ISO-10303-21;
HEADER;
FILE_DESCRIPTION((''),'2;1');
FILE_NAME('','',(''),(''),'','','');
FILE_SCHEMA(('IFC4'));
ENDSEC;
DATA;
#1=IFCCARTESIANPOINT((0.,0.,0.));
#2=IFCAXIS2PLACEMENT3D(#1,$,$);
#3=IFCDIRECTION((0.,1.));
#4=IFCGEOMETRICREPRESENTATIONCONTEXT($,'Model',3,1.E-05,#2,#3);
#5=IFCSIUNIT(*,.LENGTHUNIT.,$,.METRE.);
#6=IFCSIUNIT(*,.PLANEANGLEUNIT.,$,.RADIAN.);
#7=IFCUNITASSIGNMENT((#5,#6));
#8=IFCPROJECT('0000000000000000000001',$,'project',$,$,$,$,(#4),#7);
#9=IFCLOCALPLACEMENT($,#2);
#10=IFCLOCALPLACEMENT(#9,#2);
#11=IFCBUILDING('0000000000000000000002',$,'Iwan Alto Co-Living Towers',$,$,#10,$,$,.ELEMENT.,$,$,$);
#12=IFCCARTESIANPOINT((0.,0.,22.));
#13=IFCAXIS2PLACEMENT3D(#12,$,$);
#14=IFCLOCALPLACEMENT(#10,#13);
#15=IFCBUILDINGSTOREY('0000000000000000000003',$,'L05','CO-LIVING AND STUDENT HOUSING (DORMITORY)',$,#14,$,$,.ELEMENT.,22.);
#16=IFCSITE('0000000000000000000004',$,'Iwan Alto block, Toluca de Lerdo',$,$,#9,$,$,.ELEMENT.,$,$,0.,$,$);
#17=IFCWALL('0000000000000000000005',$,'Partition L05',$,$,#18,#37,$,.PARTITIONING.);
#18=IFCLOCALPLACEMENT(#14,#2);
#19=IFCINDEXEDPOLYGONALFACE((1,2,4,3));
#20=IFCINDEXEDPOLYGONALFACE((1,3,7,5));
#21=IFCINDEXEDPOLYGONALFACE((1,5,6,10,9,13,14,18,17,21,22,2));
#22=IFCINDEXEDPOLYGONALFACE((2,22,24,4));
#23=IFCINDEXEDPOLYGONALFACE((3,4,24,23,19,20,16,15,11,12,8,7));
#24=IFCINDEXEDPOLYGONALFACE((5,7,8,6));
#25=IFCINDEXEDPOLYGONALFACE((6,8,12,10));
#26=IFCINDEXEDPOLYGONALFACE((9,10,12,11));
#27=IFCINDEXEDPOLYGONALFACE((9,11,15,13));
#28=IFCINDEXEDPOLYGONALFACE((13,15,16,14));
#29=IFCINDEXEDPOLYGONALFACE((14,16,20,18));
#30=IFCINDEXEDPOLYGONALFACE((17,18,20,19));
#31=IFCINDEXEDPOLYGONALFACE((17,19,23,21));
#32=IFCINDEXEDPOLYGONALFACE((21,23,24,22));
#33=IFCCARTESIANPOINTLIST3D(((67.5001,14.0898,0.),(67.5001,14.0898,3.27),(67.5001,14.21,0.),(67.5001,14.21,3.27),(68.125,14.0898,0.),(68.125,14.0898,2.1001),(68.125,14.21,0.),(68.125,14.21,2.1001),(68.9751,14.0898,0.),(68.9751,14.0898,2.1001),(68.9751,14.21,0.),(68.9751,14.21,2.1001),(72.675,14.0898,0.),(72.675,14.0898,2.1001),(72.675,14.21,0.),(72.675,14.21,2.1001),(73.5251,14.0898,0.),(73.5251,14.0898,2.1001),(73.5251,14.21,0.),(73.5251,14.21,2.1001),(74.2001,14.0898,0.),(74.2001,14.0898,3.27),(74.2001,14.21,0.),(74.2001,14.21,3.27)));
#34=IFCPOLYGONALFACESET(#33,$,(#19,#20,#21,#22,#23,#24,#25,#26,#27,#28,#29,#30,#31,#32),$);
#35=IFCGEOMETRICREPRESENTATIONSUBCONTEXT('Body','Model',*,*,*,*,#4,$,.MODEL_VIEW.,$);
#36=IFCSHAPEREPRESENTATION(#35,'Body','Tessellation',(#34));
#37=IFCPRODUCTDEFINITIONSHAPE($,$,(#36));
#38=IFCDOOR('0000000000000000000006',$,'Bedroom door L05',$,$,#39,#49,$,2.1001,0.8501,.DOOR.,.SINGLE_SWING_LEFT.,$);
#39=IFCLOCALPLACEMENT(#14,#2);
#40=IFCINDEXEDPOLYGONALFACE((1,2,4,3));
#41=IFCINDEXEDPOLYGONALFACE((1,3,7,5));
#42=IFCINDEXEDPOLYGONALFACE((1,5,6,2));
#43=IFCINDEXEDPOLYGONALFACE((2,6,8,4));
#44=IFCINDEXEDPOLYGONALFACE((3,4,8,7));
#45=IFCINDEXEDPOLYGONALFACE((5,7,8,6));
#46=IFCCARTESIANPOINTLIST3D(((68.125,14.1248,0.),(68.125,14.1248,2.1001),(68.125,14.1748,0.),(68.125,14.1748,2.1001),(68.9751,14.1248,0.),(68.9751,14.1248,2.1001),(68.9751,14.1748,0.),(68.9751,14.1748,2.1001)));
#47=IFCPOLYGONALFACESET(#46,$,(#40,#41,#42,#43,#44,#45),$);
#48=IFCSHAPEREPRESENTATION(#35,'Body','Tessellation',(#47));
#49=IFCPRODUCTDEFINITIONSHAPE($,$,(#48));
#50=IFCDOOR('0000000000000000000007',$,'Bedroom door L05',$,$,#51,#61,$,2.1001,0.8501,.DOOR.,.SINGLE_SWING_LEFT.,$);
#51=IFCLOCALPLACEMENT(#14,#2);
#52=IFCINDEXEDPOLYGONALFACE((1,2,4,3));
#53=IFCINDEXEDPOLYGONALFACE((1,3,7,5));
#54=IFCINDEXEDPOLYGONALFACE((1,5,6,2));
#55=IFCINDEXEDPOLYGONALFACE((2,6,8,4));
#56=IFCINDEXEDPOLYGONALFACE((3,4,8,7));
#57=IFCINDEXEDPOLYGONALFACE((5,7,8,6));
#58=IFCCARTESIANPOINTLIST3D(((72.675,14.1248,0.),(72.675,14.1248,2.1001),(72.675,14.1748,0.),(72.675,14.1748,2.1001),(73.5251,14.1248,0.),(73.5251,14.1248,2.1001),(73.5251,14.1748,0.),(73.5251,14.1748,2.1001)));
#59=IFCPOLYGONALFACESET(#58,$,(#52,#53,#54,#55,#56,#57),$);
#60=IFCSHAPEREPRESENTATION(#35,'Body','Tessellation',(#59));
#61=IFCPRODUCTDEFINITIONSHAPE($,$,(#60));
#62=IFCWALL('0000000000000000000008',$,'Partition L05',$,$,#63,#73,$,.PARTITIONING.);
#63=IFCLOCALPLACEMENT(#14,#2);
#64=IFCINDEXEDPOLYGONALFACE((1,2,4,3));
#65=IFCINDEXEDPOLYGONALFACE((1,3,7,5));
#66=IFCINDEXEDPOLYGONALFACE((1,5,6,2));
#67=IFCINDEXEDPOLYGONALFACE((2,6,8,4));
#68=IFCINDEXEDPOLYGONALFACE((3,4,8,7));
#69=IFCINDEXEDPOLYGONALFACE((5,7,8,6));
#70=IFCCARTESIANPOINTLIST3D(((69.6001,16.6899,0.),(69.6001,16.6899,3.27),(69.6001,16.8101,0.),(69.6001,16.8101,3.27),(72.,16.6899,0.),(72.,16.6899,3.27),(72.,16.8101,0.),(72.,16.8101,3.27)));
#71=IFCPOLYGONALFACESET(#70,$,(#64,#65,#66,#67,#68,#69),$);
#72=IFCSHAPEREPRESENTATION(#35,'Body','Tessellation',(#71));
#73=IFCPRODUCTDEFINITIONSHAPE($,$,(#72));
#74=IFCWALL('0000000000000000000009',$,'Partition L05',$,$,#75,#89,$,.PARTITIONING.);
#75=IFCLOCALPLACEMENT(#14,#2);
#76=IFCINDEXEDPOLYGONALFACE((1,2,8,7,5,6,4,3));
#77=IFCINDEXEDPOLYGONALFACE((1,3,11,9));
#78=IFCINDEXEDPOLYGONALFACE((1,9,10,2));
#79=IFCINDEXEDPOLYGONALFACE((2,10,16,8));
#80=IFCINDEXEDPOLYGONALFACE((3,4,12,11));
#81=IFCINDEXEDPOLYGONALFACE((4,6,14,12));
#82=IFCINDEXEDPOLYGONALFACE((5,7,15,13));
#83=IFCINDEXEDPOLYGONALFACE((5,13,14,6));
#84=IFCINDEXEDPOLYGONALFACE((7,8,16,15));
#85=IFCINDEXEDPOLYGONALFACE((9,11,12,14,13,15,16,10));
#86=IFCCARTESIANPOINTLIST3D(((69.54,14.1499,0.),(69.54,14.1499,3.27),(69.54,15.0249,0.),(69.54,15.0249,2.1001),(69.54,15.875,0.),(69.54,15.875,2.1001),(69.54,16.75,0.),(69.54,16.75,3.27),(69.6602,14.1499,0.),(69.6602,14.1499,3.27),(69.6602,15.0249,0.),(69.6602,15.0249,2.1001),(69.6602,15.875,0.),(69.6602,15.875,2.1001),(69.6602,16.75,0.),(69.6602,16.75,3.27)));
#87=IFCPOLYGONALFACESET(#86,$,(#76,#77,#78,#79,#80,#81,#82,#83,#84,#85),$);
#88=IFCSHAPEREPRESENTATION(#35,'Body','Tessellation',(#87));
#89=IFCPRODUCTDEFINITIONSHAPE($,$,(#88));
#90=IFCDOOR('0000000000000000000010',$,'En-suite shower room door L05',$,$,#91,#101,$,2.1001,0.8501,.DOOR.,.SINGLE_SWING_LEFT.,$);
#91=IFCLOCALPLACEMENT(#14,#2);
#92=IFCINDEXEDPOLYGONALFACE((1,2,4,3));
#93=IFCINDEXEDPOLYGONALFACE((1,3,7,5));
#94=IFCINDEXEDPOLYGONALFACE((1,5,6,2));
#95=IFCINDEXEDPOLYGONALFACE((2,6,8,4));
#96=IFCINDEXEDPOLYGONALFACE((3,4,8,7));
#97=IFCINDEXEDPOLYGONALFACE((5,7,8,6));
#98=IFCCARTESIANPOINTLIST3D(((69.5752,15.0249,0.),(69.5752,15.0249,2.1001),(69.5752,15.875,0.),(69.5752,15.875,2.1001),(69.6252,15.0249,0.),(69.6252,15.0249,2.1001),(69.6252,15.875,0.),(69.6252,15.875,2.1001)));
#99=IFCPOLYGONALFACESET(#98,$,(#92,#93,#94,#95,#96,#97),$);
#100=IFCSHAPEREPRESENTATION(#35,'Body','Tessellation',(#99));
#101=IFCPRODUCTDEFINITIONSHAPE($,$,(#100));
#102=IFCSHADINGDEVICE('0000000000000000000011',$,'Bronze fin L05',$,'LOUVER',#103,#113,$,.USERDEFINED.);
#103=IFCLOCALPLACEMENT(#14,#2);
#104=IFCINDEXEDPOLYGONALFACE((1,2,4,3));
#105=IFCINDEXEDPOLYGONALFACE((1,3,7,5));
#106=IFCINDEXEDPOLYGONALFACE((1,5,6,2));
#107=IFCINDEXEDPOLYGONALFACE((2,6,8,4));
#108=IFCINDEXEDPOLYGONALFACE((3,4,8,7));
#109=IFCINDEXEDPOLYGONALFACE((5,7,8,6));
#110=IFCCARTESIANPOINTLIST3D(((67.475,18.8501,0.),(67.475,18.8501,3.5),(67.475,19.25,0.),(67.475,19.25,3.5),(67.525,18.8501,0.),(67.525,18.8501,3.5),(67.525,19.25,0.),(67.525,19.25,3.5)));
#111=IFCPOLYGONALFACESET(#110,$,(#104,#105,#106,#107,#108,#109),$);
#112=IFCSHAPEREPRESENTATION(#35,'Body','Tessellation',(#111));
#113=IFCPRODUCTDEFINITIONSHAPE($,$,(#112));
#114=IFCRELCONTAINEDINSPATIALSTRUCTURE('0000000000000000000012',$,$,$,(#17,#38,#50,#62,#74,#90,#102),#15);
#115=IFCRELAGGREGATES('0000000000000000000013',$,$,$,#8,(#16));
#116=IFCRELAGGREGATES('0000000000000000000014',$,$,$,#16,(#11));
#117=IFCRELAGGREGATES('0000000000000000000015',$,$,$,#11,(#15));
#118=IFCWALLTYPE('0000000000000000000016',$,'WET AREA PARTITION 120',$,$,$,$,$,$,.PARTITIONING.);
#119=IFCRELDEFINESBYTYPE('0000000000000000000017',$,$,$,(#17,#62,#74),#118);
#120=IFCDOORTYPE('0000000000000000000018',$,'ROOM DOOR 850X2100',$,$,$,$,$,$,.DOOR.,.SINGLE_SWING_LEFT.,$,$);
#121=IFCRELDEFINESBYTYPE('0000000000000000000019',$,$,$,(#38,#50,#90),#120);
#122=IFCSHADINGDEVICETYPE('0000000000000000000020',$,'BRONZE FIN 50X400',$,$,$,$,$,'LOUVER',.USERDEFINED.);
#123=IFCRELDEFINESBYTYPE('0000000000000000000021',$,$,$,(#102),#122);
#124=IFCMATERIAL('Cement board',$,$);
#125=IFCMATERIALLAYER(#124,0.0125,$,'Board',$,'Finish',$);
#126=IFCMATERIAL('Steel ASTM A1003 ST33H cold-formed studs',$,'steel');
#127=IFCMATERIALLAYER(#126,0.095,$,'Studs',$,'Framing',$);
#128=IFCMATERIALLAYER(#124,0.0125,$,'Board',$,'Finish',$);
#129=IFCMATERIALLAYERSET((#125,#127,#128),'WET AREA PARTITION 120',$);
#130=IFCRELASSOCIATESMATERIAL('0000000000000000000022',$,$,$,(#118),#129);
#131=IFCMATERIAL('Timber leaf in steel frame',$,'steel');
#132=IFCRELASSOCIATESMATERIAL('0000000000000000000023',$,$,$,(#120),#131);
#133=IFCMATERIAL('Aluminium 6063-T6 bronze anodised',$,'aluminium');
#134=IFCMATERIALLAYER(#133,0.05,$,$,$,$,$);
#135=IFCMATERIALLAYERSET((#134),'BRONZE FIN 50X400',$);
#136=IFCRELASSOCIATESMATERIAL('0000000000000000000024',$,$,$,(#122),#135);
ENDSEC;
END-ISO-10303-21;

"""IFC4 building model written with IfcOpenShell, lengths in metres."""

from ifc_helpers import new_model, si_unit, direction, frame, frame_2d, origin, origin_2d, place, context, subcontext, project, spatial, rectangle, extrude, material, layer, layer_set, type_object, element, fill, save


model = new_model("IFC4")

# Units and contexts
model_context = context("Model", 3, precision=1e-05, world=origin(), true_north=direction((0.0, 1.0)))
body_context = subcontext(model_context, "Body", "Model", "MODEL_VIEW")
ifc_project = project(units=[si_unit("LENGTHUNIT", "METRE"), si_unit("PLANEANGLEUNIT", "RADIAN")], contexts=[model_context])

# Site, building, storey
site_placement = place(None, origin())
site = spatial("IfcSite", under=ifc_project, at=site_placement, Name="Iwan Alto block, Toluca de Lerdo", CompositionType="ELEMENT", RefElevation=0.0)
building_placement = place(site_placement, origin())
building = spatial("IfcBuilding", under=site, at=building_placement, Name="Iwan Alto Co-Living Towers", CompositionType="ELEMENT")
storey_placement = place(building_placement, frame((0.0, 0.0, 22.0)))
storey = spatial("IfcBuildingStorey", under=building, at=storey_placement, Name="L05", Description="CO-LIVING AND STUDENT HOUSING (DORMITORY)", CompositionType="ELEMENT", Elevation=22.0)

# Wall, openings, doors
ifc_material_1 = material(Name="Cement board")
ifc_layer_1 = layer(ifc_material_1, 0.0125, Name="Board", Category="Finish")
ifc_material_2 = material(Name="Steel ASTM A1003 ST33H cold-formed studs", Category="steel")
ifc_layer_2 = layer(ifc_material_2, 0.095, Name="Studs", Category="Framing")
ifc_layer_3 = layer(ifc_material_1, 0.0125, Name="Board", Category="Finish")
ifc_layer_set_1 = layer_set([ifc_layer_1, ifc_layer_2, ifc_layer_3], Name="WET AREA PARTITION 120")
wall_type = type_object("IfcWallType", Name="WET AREA PARTITION 120", PredefinedType="PARTITIONING", material=ifc_layer_set_1)
wall_1_placement = place(storey_placement, frame((67.5, 14.1499, 0.0), z_axis=(0.0, 0.0, 1.0), x_axis=(1.0, 0.0, 0.0)))
wall_1 = element("IfcWall", 1, at=wall_1_placement, inside=storey, type_object=wall_type, Name="Partition L05", PredefinedType="PARTITIONING", context=body_context, shape_type="SweptSolid", body=[
    extrude(rectangle(XDim=6.7, YDim=0.1201, at=frame_2d((3.3501, 0.0))), origin(), (0.0, 0.0, 1.0), 3.27),
])
opening_1_placement = place(wall_1_placement, frame((0.625, 0.0, 0.0)))
opening_1 = element("IfcOpeningElement", 2, at=opening_1_placement, cuts=wall_1, PredefinedType="OPENING", context=body_context, shape_type="SweptSolid", body=[
    extrude(rectangle(XDim=0.8501, YDim=2.1001, at=frame_2d((0.425, 1.05))), frame((0.0, 0.0701, 0.0), z_axis=(0.0, -1.0, 0.0), x_axis=(1.0, 0.0, 0.0)), (0.0, 0.0, 1.0), 0.1401),
])
opening_2_placement = place(wall_1_placement, frame((5.175, 0.0, 0.0)))
opening_2 = element("IfcOpeningElement", 3, at=opening_2_placement, cuts=wall_1, PredefinedType="OPENING", context=body_context, shape_type="SweptSolid", body=[
    extrude(rectangle(XDim=0.8501, YDim=2.1001, at=frame_2d((0.425, 1.05))), frame((0.0, 0.0701, 0.0), z_axis=(0.0, -1.0, 0.0), x_axis=(1.0, 0.0, 0.0)), (0.0, 0.0, 1.0), 0.1401),
])
ifc_material_3 = material(Name="Timber leaf in steel frame", Category="steel")
door_type = type_object("IfcDoorType", Name="ROOM DOOR 850X2100", OperationType="SINGLE_SWING_LEFT", PredefinedType="DOOR", material=ifc_material_3)
door_1_placement = place(opening_1_placement, origin())
door_1 = element("IfcDoor", 4, at=door_1_placement, inside=storey, type_object=door_type, Name="Bedroom door L05", OperationType="SINGLE_SWING_LEFT", OverallHeight=2.1001, OverallWidth=0.8501, PredefinedType="DOOR", context=body_context, shape_type="SweptSolid", body=[
    extrude(rectangle(XDim=0.8501, YDim=2.1001, at=frame_2d((0.425, 1.05))), frame((0.0, 0.0249, 0.0), z_axis=(0.0, -1.0, 0.0), x_axis=(1.0, 0.0, 0.0)), (0.0, 0.0, 1.0), 0.05),
])
fill(opening_1, door_1)
door_2_placement = place(opening_2_placement, origin())
door_2 = element("IfcDoor", 5, at=door_2_placement, inside=storey, type_object=door_type, Name="Bedroom door L05", OperationType="SINGLE_SWING_LEFT", OverallHeight=2.1001, OverallWidth=0.8501, PredefinedType="DOOR", context=body_context, shape_type="SweptSolid", body=[
    extrude(rectangle(XDim=0.8501, YDim=2.1001, at=frame_2d((0.425, 1.05))), frame((0.0, 0.0249, 0.0), z_axis=(0.0, -1.0, 0.0), x_axis=(1.0, 0.0, 0.0)), (0.0, 0.0, 1.0), 0.05),
])
fill(opening_2, door_2)

# Wall
wall_2_placement = place(storey_placement, frame((69.6001, 16.75, 0.0), z_axis=(0.0, 0.0, 1.0), x_axis=(1.0, 0.0, 0.0)))
element("IfcWall", 6, at=wall_2_placement, inside=storey, type_object=wall_type, Name="Partition L05", PredefinedType="PARTITIONING", context=body_context, shape_type="SweptSolid", body=[
    extrude(rectangle(XDim=2.3999, YDim=0.1201, at=frame_2d((1.2, 0.0))), origin(), (0.0, 0.0, 1.0), 3.27),
])

# Wall, opening, door
wall_3_placement = place(storey_placement, frame((69.6001, 14.1499, 0.0), z_axis=(0.0, 0.0, 1.0), x_axis=(0.0, 1.0, 0.0)))
wall_3 = element("IfcWall", 7, at=wall_3_placement, inside=storey, type_object=wall_type, Name="Partition L05", PredefinedType="PARTITIONING", context=body_context, shape_type="SweptSolid", body=[
    extrude(rectangle(XDim=2.6001, YDim=0.1201, at=frame_2d((1.3, 0.0))), origin(), (0.0, 0.0, 1.0), 3.27),
])
opening_3_placement = place(wall_3_placement, frame((0.875, 0.0, 0.0)))
opening_3 = element("IfcOpeningElement", 8, at=opening_3_placement, cuts=wall_3, PredefinedType="OPENING", context=body_context, shape_type="SweptSolid", body=[
    extrude(rectangle(XDim=0.8501, YDim=2.1001, at=frame_2d((0.425, 1.05))), frame((0.0, 0.0701, 0.0), z_axis=(0.0, -1.0, 0.0), x_axis=(1.0, 0.0, 0.0)), (0.0, 0.0, 1.0), 0.1401),
])
door_3_placement = place(opening_3_placement, origin())
door_3 = element("IfcDoor", 9, at=door_3_placement, inside=storey, type_object=door_type, Name="En-suite shower room door L05", OperationType="SINGLE_SWING_LEFT", OverallHeight=2.1001, OverallWidth=0.8501, PredefinedType="DOOR", context=body_context, shape_type="SweptSolid", body=[
    extrude(rectangle(XDim=0.8501, YDim=2.1001, at=frame_2d((0.425, 1.05))), frame((0.0, 0.0249, 0.0), z_axis=(0.0, -1.0, 0.0), x_axis=(1.0, 0.0, 0.0)), (0.0, 0.0, 1.0), 0.05),
])
fill(opening_3, door_3)

# Shading device
ifc_material_4 = material(Name="Aluminium 6063-T6 bronze anodised", Category="aluminium")
ifc_layer_4 = layer(ifc_material_4, 0.05)
ifc_layer_set_2 = layer_set([ifc_layer_4], Name="BRONZE FIN 50X400")
shading_device_type = type_object("IfcShadingDeviceType", Name="BRONZE FIN 50X400", ElementType="LOUVER", PredefinedType="USERDEFINED", material=ifc_layer_set_2)
shading_device_placement = place(storey_placement, frame((67.5, 19.05, 0.0), z_axis=(0.0, 0.0, 1.0), x_axis=(-1.0, 0.0, 0.0)))
element("IfcShadingDevice", 10, at=shading_device_placement, inside=storey, type_object=shading_device_type, Name="Bronze fin L05", ObjectType="LOUVER", PredefinedType="USERDEFINED", context=body_context, shape_type="SweptSolid", body=[
    extrude(rectangle(XDim=0.05, YDim=0.3999, at=origin_2d()), origin(), (0.0, 0.0, 1.0), 3.5),
])

save(model, "model.ifc")
